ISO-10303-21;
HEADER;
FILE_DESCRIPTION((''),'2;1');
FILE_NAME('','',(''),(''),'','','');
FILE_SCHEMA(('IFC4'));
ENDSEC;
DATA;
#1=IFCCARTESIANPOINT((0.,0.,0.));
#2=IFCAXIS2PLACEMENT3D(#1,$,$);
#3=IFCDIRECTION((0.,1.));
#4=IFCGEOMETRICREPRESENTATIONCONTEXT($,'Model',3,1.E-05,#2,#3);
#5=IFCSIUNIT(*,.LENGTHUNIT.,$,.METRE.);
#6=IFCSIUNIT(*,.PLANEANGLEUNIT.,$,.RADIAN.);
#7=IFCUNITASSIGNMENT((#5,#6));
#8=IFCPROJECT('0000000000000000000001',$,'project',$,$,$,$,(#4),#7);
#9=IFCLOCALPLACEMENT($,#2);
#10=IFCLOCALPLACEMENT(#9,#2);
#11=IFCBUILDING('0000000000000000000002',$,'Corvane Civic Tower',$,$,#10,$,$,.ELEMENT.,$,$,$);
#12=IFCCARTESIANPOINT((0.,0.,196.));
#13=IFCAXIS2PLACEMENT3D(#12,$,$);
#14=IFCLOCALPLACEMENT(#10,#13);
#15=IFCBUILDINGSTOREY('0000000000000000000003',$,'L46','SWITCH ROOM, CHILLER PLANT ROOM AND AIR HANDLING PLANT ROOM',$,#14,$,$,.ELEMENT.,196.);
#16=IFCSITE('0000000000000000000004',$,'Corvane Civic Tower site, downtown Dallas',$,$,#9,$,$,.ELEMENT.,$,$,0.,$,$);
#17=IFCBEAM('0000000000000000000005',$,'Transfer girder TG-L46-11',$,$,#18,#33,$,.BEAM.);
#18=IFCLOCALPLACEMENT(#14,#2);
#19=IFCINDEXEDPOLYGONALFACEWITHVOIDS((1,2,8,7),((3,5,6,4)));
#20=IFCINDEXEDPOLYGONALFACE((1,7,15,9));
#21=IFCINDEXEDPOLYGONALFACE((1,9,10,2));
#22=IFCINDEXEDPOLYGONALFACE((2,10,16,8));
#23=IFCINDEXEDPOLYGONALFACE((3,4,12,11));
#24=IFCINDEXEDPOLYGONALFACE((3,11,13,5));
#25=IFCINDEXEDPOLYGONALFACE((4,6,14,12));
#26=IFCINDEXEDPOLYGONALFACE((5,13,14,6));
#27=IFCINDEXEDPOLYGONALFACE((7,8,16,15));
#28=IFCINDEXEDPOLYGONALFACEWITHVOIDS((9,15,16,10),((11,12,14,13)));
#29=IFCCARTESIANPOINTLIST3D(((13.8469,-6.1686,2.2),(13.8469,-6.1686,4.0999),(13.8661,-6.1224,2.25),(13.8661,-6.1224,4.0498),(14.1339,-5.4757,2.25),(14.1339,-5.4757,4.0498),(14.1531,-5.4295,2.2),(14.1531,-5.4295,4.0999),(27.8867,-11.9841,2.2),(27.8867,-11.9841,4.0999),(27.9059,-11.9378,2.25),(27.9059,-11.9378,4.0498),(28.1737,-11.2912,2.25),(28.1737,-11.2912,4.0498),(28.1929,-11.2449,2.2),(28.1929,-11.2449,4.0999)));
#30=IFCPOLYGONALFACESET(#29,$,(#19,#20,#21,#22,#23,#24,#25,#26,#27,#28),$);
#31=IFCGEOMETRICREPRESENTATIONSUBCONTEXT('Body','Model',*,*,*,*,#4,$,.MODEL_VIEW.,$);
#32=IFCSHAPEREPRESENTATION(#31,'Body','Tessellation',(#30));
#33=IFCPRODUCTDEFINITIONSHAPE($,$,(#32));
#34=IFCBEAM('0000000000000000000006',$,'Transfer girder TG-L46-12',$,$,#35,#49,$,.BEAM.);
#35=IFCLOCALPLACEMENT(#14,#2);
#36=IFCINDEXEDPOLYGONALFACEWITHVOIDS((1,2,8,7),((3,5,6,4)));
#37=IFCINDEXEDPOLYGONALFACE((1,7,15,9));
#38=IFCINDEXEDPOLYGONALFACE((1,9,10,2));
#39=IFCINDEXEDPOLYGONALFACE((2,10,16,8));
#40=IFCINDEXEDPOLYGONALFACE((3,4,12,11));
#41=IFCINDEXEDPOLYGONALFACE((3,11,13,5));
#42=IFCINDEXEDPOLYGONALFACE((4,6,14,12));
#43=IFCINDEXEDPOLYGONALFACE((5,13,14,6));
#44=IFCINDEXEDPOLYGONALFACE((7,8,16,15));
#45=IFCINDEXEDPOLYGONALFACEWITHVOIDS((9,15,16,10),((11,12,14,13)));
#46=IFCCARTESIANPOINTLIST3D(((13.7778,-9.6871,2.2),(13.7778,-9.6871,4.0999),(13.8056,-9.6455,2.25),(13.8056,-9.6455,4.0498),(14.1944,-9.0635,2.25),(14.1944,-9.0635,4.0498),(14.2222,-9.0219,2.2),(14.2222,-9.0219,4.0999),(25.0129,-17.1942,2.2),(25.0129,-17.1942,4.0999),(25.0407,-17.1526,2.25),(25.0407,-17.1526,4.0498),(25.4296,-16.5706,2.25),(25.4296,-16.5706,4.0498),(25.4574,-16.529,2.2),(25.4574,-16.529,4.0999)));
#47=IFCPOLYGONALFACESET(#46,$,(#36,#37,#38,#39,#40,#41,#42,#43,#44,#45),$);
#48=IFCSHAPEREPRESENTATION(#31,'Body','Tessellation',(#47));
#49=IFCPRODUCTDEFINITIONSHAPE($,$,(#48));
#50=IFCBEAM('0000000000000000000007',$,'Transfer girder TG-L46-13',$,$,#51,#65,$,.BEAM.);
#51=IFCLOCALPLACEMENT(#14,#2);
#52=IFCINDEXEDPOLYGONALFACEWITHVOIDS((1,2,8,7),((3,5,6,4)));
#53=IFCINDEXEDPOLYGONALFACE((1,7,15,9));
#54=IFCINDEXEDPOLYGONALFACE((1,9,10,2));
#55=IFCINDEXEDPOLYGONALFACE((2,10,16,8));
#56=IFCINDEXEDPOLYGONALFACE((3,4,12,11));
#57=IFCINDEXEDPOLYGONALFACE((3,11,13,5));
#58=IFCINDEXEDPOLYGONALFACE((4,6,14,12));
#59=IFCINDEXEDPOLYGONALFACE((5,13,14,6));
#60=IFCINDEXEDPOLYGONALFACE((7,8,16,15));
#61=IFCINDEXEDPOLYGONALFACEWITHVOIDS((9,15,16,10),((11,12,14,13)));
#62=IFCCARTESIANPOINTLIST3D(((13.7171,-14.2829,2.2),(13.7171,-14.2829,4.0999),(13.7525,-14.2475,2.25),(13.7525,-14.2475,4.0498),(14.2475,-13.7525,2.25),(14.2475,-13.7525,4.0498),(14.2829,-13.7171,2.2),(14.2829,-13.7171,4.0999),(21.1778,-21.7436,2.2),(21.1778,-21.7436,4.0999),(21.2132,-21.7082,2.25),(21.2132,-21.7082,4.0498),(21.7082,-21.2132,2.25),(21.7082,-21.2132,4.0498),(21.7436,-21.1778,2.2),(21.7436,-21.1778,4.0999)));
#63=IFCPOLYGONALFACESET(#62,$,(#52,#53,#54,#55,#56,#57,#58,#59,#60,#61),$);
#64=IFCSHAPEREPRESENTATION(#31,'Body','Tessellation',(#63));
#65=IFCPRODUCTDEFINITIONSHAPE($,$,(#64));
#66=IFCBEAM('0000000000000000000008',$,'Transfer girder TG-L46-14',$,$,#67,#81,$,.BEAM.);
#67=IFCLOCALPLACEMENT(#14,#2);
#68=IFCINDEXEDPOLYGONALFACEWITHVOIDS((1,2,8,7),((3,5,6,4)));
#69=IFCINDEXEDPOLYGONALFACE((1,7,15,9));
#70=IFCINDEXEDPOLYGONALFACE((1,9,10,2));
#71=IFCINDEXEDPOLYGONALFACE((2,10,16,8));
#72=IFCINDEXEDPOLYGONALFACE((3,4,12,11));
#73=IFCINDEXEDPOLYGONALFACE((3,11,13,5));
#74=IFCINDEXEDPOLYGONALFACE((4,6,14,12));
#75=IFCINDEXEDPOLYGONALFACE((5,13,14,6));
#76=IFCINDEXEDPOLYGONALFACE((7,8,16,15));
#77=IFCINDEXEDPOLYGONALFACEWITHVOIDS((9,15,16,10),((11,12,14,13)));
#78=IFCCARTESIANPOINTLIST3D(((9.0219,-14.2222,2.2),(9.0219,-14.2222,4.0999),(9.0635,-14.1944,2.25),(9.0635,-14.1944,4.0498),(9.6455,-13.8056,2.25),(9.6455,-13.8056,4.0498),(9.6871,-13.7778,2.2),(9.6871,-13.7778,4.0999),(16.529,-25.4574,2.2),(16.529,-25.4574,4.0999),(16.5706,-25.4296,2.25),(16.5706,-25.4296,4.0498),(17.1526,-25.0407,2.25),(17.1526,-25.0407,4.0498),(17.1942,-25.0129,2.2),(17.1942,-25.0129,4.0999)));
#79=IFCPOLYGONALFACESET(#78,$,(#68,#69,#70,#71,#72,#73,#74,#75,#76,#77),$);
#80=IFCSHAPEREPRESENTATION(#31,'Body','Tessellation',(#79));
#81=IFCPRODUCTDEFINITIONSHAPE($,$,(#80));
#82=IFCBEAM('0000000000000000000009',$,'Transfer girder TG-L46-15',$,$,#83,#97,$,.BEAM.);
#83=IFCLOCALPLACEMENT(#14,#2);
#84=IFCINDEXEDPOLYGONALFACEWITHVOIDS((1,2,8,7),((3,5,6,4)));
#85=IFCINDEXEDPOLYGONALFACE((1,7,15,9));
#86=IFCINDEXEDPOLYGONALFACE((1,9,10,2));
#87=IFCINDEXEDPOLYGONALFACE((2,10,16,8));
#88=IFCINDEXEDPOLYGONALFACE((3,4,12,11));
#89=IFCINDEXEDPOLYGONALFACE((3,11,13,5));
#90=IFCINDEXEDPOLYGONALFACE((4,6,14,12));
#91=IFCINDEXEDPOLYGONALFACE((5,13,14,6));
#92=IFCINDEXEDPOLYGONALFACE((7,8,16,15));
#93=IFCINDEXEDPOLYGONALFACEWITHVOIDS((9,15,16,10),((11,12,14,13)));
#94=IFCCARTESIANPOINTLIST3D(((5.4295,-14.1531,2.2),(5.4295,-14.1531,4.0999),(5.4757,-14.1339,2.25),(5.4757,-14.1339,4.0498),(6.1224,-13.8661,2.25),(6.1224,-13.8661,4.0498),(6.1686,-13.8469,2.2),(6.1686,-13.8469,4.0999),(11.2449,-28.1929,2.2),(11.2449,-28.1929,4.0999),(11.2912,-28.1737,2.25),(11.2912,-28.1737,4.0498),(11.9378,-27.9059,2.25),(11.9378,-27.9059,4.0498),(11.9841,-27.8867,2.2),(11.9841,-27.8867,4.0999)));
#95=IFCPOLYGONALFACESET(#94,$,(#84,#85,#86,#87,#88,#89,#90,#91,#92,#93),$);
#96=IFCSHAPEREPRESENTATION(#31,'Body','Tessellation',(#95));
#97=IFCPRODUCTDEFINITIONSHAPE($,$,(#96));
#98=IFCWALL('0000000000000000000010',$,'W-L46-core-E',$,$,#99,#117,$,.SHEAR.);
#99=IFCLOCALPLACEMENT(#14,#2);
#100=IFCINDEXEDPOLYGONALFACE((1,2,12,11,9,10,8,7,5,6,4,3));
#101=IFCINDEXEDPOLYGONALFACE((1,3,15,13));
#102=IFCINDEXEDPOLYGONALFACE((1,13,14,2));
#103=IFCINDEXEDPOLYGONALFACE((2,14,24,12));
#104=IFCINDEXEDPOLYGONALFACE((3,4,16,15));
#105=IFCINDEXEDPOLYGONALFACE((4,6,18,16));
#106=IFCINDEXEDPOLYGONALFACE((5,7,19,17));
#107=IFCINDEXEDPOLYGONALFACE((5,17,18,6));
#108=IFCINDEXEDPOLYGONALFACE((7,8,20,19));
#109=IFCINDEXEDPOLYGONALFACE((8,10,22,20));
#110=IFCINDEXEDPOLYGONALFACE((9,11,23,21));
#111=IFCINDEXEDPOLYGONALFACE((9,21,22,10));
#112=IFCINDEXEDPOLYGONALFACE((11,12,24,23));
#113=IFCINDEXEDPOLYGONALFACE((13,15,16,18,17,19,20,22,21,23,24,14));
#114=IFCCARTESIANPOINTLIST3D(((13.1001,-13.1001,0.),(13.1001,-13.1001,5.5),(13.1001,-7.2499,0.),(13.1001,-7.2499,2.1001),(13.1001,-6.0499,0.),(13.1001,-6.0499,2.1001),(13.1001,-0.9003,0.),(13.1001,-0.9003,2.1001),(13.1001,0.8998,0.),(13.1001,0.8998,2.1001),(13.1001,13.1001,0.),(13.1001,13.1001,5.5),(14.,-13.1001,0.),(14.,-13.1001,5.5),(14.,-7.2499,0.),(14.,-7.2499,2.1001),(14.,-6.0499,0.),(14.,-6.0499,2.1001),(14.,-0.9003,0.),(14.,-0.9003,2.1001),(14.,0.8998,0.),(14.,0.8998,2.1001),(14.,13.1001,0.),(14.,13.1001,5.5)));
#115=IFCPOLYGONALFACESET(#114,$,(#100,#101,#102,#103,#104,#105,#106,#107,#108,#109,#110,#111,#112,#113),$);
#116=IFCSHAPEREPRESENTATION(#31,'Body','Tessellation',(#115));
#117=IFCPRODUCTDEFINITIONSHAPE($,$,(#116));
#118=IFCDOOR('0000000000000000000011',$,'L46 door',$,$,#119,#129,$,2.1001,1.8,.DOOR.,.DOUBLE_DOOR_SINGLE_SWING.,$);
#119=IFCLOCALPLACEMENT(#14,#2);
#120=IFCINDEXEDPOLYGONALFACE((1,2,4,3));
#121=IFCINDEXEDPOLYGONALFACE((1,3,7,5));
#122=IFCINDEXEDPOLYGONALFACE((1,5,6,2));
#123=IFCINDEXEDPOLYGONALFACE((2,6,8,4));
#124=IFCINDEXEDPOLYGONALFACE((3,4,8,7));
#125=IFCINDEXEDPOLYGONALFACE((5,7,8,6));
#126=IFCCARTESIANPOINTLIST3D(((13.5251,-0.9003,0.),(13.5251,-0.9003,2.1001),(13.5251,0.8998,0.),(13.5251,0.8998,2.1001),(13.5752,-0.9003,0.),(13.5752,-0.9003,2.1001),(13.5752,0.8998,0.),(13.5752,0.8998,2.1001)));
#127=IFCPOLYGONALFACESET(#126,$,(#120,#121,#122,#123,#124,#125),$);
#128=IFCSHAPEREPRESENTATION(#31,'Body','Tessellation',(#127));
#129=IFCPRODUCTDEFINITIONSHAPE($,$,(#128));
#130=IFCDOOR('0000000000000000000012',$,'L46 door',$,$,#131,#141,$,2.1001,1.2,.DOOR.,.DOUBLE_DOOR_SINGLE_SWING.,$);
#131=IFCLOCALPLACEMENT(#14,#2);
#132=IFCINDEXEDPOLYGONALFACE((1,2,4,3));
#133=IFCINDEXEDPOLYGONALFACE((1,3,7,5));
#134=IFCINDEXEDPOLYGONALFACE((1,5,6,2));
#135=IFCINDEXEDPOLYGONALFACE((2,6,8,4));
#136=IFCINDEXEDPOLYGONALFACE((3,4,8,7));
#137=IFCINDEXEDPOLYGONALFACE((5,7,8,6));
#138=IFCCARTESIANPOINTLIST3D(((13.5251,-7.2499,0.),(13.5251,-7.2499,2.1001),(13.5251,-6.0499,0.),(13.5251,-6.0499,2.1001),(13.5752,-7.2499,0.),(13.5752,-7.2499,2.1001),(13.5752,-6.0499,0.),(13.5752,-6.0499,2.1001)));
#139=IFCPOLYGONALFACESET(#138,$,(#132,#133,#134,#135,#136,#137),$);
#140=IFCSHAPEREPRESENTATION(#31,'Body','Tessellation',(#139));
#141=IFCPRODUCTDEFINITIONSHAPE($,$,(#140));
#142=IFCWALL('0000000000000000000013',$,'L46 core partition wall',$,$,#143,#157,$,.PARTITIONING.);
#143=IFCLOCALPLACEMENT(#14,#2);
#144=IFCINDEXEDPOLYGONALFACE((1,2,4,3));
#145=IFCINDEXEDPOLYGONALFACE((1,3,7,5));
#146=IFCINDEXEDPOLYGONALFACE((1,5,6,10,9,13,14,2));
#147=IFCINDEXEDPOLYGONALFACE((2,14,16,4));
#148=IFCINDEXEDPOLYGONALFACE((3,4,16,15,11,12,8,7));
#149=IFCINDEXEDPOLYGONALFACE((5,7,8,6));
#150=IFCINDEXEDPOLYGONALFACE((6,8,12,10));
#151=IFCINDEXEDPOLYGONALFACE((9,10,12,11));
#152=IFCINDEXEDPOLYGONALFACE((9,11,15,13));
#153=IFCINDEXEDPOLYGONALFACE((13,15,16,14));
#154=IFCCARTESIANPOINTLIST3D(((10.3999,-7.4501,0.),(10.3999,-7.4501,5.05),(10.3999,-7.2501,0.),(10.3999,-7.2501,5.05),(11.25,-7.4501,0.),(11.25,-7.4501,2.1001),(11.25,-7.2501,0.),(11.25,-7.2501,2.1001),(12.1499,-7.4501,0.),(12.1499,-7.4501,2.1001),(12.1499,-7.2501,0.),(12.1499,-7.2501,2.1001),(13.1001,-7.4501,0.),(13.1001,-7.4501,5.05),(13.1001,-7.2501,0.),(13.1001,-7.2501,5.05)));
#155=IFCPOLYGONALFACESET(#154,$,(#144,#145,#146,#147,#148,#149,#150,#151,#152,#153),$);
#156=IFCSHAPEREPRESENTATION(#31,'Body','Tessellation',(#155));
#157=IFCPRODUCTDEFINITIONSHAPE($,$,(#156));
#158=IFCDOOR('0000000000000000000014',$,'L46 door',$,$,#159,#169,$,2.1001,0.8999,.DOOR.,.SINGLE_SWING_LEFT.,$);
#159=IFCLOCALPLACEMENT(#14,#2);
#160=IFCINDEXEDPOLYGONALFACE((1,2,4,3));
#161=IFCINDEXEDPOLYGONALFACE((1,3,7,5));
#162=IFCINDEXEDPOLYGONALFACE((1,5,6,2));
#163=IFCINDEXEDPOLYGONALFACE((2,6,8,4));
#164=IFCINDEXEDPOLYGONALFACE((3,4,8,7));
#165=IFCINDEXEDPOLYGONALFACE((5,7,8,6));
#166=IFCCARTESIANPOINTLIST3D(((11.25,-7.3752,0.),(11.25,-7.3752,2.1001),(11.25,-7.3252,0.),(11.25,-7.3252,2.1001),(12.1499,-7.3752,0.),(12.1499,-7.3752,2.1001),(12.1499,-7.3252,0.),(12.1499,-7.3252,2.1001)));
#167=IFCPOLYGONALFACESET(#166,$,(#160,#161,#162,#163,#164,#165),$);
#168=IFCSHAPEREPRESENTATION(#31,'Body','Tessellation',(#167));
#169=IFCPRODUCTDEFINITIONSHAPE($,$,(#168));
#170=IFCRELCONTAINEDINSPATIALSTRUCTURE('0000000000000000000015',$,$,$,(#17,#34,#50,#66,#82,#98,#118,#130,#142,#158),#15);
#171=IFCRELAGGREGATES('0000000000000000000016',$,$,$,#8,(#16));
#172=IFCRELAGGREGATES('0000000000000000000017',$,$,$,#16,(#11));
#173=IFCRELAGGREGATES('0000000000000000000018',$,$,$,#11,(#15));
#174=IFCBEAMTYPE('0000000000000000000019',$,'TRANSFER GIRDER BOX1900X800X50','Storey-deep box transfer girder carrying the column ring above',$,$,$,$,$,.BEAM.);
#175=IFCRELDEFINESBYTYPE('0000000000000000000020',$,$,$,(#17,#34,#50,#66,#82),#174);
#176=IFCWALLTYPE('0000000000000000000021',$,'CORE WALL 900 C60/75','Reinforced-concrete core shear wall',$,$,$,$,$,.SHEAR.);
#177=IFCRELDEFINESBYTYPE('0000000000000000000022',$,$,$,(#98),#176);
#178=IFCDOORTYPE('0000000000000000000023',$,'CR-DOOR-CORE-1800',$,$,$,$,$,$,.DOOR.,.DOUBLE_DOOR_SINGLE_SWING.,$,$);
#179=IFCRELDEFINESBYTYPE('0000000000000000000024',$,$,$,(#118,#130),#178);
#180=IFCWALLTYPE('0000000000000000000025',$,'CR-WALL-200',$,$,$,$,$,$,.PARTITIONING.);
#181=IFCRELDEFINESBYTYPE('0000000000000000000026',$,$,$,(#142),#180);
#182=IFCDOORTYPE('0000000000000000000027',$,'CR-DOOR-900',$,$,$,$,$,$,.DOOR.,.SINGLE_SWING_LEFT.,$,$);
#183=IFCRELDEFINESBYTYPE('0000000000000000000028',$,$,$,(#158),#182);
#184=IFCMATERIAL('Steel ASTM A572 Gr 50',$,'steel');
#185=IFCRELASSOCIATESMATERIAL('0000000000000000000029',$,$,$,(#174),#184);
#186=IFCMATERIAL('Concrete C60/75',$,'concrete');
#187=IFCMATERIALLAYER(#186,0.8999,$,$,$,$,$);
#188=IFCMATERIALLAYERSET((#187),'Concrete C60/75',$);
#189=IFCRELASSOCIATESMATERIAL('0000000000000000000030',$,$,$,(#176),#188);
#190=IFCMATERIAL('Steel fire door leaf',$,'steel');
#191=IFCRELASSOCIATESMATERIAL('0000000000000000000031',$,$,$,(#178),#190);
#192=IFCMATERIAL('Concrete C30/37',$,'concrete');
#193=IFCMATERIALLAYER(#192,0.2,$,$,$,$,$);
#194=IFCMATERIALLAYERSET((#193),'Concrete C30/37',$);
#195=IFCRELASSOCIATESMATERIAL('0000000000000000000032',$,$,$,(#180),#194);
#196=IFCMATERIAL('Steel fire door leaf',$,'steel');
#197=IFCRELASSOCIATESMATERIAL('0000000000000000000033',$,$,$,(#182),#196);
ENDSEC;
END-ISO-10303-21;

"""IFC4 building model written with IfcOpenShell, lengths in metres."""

from ifc_helpers import new_model, si_unit, direction, frame, frame_2d, origin, origin_2d, place, context, subcontext, project, spatial, rectangle, hollow_rectangle, extrude, material, layer, layer_set, material_profile, profile_set, type_object, element, fill, save


model = new_model("IFC4")

# Units and contexts
model_context = context("Model", 3, precision=1e-05, world=origin(), true_north=direction((0.0, 1.0)))
body_context = subcontext(model_context, "Body", "Model", "MODEL_VIEW")
ifc_project = project(units=[si_unit("LENGTHUNIT", "METRE"), si_unit("PLANEANGLEUNIT", "RADIAN")], contexts=[model_context])

# Site, building, storey
site_placement = place(None, origin())
site = spatial("IfcSite", under=ifc_project, at=site_placement, Name="Corvane Civic Tower site, downtown Dallas", CompositionType="ELEMENT", RefElevation=0.0)
building_placement = place(site_placement, origin())
building = spatial("IfcBuilding", under=site, at=building_placement, Name="Corvane Civic Tower", CompositionType="ELEMENT")
storey_placement = place(building_placement, frame((0.0, 0.0, 196.0)))
storey = spatial("IfcBuildingStorey", under=building, at=storey_placement, Name="L46", Description="SWITCH ROOM, CHILLER PLANT ROOM AND AIR HANDLING PLANT ROOM", CompositionType="ELEMENT", Elevation=196.0)

# Beams
ifc_material_1 = material(Name="Steel ASTM A572 Gr 50", Category="steel")
ifc_material_profile_1 = material_profile(ifc_material_1, hollow_rectangle(XDim=0.8, YDim=1.8999, WallThickness=0.05, at=origin_2d()), Name="BOX1900X800X50")
ifc_profile_set_1 = profile_set([ifc_material_profile_1], Name="Steel ASTM A572 Gr 50")
beam_type_1 = type_object("IfcBeamType", Name="TRANSFER GIRDER BOX1900X800X50", Description="Storey-deep box transfer girder carrying the column ring above", PredefinedType="BEAM", material=ifc_profile_set_1)
beam_1_placement = place(storey_placement, frame((14.0, -5.7991, 3.1499), z_axis=(0.923881, -0.382681, 0.0), x_axis=(0.382681, 0.923881, 0.0)))
element("IfcBeam", 1, at=beam_1_placement, inside=storey, type_object=beam_type_1, Name="Transfer girder TG-L46-11", PredefinedType="BEAM", context=body_context, shape_type="SweptSolid", body=[
    extrude(hollow_rectangle(XDim=0.8, YDim=1.8999, WallThickness=0.05, at=origin_2d()), origin(), (0.0, 0.0, 1.0), 15.1965),
])
beam_2_placement = place(storey_placement, frame((14.0, -9.3545, 3.1499), z_axis=(0.831469, -0.555571, 0.0), x_axis=(0.555571, 0.831469, 0.0)))
element("IfcBeam", 2, at=beam_2_placement, inside=storey, type_object=beam_type_1, Name="Transfer girder TG-L46-12", PredefinedType="BEAM", context=body_context, shape_type="SweptSolid", body=[
    extrude(hollow_rectangle(XDim=0.8, YDim=1.8999, WallThickness=0.05, at=origin_2d()), origin(), (0.0, 0.0, 1.0), 13.5125),
])
beam_3_placement = place(storey_placement, frame((14.0, -14.0, 3.1499), z_axis=(0.707107, -0.707107, 0.0), x_axis=(0.707107, 0.707107, 0.0)))
element("IfcBeam", 3, at=beam_3_placement, inside=storey, type_object=beam_type_1, Name="Transfer girder TG-L46-13", PredefinedType="BEAM", context=body_context, shape_type="SweptSolid", body=[
    extrude(hollow_rectangle(XDim=0.8, YDim=1.8999, WallThickness=0.05, at=origin_2d()), origin(), (0.0, 0.0, 1.0), 10.551),
])
beam_4_placement = place(storey_placement, frame((9.3545, -14.0, 3.1499), z_axis=(0.555571, -0.831469, 0.0), x_axis=(0.831469, 0.555571, 0.0)))
element("IfcBeam", 4, at=beam_4_placement, inside=storey, type_object=beam_type_1, Name="Transfer girder TG-L46-14", PredefinedType="BEAM", context=body_context, shape_type="SweptSolid", body=[
    extrude(hollow_rectangle(XDim=0.8, YDim=1.8999, WallThickness=0.05, at=origin_2d()), origin(), (0.0, 0.0, 1.0), 13.5125),
])
beam_5_placement = place(storey_placement, frame((5.7991, -14.0, 3.1499), z_axis=(0.382681, -0.923881, 0.0), x_axis=(0.923881, 0.382681, 0.0)))
element("IfcBeam", 5, at=beam_5_placement, inside=storey, type_object=beam_type_1, Name="Transfer girder TG-L46-15", PredefinedType="BEAM", context=body_context, shape_type="SweptSolid", body=[
    extrude(hollow_rectangle(XDim=0.8, YDim=1.8999, WallThickness=0.05, at=origin_2d()), origin(), (0.0, 0.0, 1.0), 15.1965),
])

# Wall, openings, doors
ifc_material_2 = material(Name="Concrete C60/75", Category="concrete")
ifc_layer_1 = layer(ifc_material_2, 0.8999)
ifc_layer_set_1 = layer_set([ifc_layer_1], Name="Concrete C60/75")
wall_type_1 = type_object("IfcWallType", Name="CORE WALL 900 C60/75", Description="Reinforced-concrete core shear wall", PredefinedType="SHEAR", material=ifc_layer_set_1)
wall_1_placement = place(storey_placement, frame((13.55, -13.1001, 0.0), z_axis=(0.0, 0.0, 1.0), x_axis=(0.0, 1.0, 0.0)))
wall_1 = element("IfcWall", 6, at=wall_1_placement, inside=storey, type_object=wall_type_1, Name="W-L46-core-E", PredefinedType="SHEAR", context=body_context, shape_type="SweptSolid", body=[
    extrude(rectangle(XDim=26.2002, YDim=0.8999, at=frame_2d((13.1001, 0.0))), origin(), (0.0, 0.0, 1.0), 5.5),
])
opening_1_placement = place(wall_1_placement, frame((12.2, 0.0, 0.0)))
opening_1 = element("IfcOpeningElement", 7, at=opening_1_placement, cuts=wall_1, PredefinedType="OPENING", context=body_context, shape_type="SweptSolid", body=[
    extrude(rectangle(XDim=1.8, YDim=2.1001, at=frame_2d((0.8999, 1.05))), frame((0.0, 0.46, 0.0), z_axis=(0.0, -1.0, 0.0), x_axis=(1.0, 0.0, 0.0)), (0.0, 0.0, 1.0), 0.9199),
])
opening_2_placement = place(wall_1_placement, frame((5.8501, 0.0, 0.0)))
opening_2 = element("IfcOpeningElement", 8, at=opening_2_placement, cuts=wall_1, PredefinedType="OPENING", context=body_context, shape_type="SweptSolid", body=[
    extrude(rectangle(XDim=1.2, YDim=2.1001, at=frame_2d((0.6001, 1.05))), frame((0.0, 0.46, 0.0), z_axis=(0.0, -1.0, 0.0), x_axis=(1.0, 0.0, 0.0)), (0.0, 0.0, 1.0), 0.9199),
])
ifc_material_3 = material(Name="Steel fire door leaf", Category="steel")
door_type_1 = type_object("IfcDoorType", Name="CR-DOOR-CORE-1800", OperationType="DOUBLE_DOOR_SINGLE_SWING", PredefinedType="DOOR", material=ifc_material_3)
door_1_placement = place(opening_1_placement, origin())
door_1 = element("IfcDoor", 9, at=door_1_placement, inside=storey, type_object=door_type_1, Name="L46 door", OperationType="DOUBLE_DOOR_SINGLE_SWING", OverallHeight=2.1001, OverallWidth=1.8, PredefinedType="DOOR", context=body_context, shape_type="SweptSolid", body=[
    extrude(rectangle(XDim=1.8, YDim=2.1001, at=frame_2d((0.8999, 1.05))), frame((0.0, 0.0249, 0.0), z_axis=(0.0, -1.0, 0.0), x_axis=(1.0, 0.0, 0.0)), (0.0, 0.0, 1.0), 0.05),
])
fill(opening_1, door_1)
door_2_placement = place(opening_2_placement, origin())
door_2 = element("IfcDoor", 10, at=door_2_placement, inside=storey, type_object=door_type_1, Name="L46 door", OperationType="DOUBLE_DOOR_SINGLE_SWING", OverallHeight=2.1001, OverallWidth=1.2, PredefinedType="DOOR", context=body_context, shape_type="SweptSolid", body=[
    extrude(rectangle(XDim=1.2, YDim=2.1001, at=frame_2d((0.6001, 1.05))), frame((0.0, 0.0249, 0.0), z_axis=(0.0, -1.0, 0.0), x_axis=(1.0, 0.0, 0.0)), (0.0, 0.0, 1.0), 0.05),
])
fill(opening_2, door_2)

# Wall, opening, door
ifc_material_4 = material(Name="Concrete C30/37", Category="concrete")
ifc_layer_2 = layer(ifc_material_4, 0.2)
ifc_layer_set_2 = layer_set([ifc_layer_2], Name="Concrete C30/37")
wall_type_2 = type_object("IfcWallType", Name="CR-WALL-200", PredefinedType="PARTITIONING", material=ifc_layer_set_2)
wall_2_placement = place(storey_placement, frame((10.3999, -7.3501, 0.0), z_axis=(0.0, 0.0, 1.0), x_axis=(1.0, 0.0, 0.0)))
wall_2 = element("IfcWall", 11, at=wall_2_placement, inside=storey, type_object=wall_type_2, Name="L46 core partition wall", PredefinedType="PARTITIONING", context=body_context, shape_type="SweptSolid", body=[
    extrude(rectangle(XDim=2.7002, YDim=0.2, at=frame_2d((1.3501, 0.0))), origin(), (0.0, 0.0, 1.0), 5.05),
])
opening_3_placement = place(wall_2_placement, frame((0.8501, 0.0, 0.0)))
opening_3 = element("IfcOpeningElement", 12, at=opening_3_placement, cuts=wall_2, PredefinedType="OPENING", context=body_context, shape_type="SweptSolid", body=[
    extrude(rectangle(XDim=0.8999, YDim=2.1001, at=frame_2d((0.45, 1.05))), frame((0.0, 0.1099, 0.0), z_axis=(0.0, -1.0, 0.0), x_axis=(1.0, 0.0, 0.0)), (0.0, 0.0, 1.0), 0.22),
])
ifc_material_5 = material(Name="Steel fire door leaf", Category="steel")
door_type_2 = type_object("IfcDoorType", Name="CR-DOOR-900", OperationType="SINGLE_SWING_LEFT", PredefinedType="DOOR", material=ifc_material_5)
door_3_placement = place(opening_3_placement, origin())
door_3 = element("IfcDoor", 13, at=door_3_placement, inside=storey, type_object=door_type_2, Name="L46 door", OperationType="SINGLE_SWING_LEFT", OverallHeight=2.1001, OverallWidth=0.8999, PredefinedType="DOOR", context=body_context, shape_type="SweptSolid", body=[
    extrude(rectangle(XDim=0.8999, YDim=2.1001, at=frame_2d((0.45, 1.05))), frame((0.0, 0.0249, 0.0), z_axis=(0.0, -1.0, 0.0), x_axis=(1.0, 0.0, 0.0)), (0.0, 0.0, 1.0), 0.05),
])
fill(opening_3, door_3)

save(model, "model.ifc")
